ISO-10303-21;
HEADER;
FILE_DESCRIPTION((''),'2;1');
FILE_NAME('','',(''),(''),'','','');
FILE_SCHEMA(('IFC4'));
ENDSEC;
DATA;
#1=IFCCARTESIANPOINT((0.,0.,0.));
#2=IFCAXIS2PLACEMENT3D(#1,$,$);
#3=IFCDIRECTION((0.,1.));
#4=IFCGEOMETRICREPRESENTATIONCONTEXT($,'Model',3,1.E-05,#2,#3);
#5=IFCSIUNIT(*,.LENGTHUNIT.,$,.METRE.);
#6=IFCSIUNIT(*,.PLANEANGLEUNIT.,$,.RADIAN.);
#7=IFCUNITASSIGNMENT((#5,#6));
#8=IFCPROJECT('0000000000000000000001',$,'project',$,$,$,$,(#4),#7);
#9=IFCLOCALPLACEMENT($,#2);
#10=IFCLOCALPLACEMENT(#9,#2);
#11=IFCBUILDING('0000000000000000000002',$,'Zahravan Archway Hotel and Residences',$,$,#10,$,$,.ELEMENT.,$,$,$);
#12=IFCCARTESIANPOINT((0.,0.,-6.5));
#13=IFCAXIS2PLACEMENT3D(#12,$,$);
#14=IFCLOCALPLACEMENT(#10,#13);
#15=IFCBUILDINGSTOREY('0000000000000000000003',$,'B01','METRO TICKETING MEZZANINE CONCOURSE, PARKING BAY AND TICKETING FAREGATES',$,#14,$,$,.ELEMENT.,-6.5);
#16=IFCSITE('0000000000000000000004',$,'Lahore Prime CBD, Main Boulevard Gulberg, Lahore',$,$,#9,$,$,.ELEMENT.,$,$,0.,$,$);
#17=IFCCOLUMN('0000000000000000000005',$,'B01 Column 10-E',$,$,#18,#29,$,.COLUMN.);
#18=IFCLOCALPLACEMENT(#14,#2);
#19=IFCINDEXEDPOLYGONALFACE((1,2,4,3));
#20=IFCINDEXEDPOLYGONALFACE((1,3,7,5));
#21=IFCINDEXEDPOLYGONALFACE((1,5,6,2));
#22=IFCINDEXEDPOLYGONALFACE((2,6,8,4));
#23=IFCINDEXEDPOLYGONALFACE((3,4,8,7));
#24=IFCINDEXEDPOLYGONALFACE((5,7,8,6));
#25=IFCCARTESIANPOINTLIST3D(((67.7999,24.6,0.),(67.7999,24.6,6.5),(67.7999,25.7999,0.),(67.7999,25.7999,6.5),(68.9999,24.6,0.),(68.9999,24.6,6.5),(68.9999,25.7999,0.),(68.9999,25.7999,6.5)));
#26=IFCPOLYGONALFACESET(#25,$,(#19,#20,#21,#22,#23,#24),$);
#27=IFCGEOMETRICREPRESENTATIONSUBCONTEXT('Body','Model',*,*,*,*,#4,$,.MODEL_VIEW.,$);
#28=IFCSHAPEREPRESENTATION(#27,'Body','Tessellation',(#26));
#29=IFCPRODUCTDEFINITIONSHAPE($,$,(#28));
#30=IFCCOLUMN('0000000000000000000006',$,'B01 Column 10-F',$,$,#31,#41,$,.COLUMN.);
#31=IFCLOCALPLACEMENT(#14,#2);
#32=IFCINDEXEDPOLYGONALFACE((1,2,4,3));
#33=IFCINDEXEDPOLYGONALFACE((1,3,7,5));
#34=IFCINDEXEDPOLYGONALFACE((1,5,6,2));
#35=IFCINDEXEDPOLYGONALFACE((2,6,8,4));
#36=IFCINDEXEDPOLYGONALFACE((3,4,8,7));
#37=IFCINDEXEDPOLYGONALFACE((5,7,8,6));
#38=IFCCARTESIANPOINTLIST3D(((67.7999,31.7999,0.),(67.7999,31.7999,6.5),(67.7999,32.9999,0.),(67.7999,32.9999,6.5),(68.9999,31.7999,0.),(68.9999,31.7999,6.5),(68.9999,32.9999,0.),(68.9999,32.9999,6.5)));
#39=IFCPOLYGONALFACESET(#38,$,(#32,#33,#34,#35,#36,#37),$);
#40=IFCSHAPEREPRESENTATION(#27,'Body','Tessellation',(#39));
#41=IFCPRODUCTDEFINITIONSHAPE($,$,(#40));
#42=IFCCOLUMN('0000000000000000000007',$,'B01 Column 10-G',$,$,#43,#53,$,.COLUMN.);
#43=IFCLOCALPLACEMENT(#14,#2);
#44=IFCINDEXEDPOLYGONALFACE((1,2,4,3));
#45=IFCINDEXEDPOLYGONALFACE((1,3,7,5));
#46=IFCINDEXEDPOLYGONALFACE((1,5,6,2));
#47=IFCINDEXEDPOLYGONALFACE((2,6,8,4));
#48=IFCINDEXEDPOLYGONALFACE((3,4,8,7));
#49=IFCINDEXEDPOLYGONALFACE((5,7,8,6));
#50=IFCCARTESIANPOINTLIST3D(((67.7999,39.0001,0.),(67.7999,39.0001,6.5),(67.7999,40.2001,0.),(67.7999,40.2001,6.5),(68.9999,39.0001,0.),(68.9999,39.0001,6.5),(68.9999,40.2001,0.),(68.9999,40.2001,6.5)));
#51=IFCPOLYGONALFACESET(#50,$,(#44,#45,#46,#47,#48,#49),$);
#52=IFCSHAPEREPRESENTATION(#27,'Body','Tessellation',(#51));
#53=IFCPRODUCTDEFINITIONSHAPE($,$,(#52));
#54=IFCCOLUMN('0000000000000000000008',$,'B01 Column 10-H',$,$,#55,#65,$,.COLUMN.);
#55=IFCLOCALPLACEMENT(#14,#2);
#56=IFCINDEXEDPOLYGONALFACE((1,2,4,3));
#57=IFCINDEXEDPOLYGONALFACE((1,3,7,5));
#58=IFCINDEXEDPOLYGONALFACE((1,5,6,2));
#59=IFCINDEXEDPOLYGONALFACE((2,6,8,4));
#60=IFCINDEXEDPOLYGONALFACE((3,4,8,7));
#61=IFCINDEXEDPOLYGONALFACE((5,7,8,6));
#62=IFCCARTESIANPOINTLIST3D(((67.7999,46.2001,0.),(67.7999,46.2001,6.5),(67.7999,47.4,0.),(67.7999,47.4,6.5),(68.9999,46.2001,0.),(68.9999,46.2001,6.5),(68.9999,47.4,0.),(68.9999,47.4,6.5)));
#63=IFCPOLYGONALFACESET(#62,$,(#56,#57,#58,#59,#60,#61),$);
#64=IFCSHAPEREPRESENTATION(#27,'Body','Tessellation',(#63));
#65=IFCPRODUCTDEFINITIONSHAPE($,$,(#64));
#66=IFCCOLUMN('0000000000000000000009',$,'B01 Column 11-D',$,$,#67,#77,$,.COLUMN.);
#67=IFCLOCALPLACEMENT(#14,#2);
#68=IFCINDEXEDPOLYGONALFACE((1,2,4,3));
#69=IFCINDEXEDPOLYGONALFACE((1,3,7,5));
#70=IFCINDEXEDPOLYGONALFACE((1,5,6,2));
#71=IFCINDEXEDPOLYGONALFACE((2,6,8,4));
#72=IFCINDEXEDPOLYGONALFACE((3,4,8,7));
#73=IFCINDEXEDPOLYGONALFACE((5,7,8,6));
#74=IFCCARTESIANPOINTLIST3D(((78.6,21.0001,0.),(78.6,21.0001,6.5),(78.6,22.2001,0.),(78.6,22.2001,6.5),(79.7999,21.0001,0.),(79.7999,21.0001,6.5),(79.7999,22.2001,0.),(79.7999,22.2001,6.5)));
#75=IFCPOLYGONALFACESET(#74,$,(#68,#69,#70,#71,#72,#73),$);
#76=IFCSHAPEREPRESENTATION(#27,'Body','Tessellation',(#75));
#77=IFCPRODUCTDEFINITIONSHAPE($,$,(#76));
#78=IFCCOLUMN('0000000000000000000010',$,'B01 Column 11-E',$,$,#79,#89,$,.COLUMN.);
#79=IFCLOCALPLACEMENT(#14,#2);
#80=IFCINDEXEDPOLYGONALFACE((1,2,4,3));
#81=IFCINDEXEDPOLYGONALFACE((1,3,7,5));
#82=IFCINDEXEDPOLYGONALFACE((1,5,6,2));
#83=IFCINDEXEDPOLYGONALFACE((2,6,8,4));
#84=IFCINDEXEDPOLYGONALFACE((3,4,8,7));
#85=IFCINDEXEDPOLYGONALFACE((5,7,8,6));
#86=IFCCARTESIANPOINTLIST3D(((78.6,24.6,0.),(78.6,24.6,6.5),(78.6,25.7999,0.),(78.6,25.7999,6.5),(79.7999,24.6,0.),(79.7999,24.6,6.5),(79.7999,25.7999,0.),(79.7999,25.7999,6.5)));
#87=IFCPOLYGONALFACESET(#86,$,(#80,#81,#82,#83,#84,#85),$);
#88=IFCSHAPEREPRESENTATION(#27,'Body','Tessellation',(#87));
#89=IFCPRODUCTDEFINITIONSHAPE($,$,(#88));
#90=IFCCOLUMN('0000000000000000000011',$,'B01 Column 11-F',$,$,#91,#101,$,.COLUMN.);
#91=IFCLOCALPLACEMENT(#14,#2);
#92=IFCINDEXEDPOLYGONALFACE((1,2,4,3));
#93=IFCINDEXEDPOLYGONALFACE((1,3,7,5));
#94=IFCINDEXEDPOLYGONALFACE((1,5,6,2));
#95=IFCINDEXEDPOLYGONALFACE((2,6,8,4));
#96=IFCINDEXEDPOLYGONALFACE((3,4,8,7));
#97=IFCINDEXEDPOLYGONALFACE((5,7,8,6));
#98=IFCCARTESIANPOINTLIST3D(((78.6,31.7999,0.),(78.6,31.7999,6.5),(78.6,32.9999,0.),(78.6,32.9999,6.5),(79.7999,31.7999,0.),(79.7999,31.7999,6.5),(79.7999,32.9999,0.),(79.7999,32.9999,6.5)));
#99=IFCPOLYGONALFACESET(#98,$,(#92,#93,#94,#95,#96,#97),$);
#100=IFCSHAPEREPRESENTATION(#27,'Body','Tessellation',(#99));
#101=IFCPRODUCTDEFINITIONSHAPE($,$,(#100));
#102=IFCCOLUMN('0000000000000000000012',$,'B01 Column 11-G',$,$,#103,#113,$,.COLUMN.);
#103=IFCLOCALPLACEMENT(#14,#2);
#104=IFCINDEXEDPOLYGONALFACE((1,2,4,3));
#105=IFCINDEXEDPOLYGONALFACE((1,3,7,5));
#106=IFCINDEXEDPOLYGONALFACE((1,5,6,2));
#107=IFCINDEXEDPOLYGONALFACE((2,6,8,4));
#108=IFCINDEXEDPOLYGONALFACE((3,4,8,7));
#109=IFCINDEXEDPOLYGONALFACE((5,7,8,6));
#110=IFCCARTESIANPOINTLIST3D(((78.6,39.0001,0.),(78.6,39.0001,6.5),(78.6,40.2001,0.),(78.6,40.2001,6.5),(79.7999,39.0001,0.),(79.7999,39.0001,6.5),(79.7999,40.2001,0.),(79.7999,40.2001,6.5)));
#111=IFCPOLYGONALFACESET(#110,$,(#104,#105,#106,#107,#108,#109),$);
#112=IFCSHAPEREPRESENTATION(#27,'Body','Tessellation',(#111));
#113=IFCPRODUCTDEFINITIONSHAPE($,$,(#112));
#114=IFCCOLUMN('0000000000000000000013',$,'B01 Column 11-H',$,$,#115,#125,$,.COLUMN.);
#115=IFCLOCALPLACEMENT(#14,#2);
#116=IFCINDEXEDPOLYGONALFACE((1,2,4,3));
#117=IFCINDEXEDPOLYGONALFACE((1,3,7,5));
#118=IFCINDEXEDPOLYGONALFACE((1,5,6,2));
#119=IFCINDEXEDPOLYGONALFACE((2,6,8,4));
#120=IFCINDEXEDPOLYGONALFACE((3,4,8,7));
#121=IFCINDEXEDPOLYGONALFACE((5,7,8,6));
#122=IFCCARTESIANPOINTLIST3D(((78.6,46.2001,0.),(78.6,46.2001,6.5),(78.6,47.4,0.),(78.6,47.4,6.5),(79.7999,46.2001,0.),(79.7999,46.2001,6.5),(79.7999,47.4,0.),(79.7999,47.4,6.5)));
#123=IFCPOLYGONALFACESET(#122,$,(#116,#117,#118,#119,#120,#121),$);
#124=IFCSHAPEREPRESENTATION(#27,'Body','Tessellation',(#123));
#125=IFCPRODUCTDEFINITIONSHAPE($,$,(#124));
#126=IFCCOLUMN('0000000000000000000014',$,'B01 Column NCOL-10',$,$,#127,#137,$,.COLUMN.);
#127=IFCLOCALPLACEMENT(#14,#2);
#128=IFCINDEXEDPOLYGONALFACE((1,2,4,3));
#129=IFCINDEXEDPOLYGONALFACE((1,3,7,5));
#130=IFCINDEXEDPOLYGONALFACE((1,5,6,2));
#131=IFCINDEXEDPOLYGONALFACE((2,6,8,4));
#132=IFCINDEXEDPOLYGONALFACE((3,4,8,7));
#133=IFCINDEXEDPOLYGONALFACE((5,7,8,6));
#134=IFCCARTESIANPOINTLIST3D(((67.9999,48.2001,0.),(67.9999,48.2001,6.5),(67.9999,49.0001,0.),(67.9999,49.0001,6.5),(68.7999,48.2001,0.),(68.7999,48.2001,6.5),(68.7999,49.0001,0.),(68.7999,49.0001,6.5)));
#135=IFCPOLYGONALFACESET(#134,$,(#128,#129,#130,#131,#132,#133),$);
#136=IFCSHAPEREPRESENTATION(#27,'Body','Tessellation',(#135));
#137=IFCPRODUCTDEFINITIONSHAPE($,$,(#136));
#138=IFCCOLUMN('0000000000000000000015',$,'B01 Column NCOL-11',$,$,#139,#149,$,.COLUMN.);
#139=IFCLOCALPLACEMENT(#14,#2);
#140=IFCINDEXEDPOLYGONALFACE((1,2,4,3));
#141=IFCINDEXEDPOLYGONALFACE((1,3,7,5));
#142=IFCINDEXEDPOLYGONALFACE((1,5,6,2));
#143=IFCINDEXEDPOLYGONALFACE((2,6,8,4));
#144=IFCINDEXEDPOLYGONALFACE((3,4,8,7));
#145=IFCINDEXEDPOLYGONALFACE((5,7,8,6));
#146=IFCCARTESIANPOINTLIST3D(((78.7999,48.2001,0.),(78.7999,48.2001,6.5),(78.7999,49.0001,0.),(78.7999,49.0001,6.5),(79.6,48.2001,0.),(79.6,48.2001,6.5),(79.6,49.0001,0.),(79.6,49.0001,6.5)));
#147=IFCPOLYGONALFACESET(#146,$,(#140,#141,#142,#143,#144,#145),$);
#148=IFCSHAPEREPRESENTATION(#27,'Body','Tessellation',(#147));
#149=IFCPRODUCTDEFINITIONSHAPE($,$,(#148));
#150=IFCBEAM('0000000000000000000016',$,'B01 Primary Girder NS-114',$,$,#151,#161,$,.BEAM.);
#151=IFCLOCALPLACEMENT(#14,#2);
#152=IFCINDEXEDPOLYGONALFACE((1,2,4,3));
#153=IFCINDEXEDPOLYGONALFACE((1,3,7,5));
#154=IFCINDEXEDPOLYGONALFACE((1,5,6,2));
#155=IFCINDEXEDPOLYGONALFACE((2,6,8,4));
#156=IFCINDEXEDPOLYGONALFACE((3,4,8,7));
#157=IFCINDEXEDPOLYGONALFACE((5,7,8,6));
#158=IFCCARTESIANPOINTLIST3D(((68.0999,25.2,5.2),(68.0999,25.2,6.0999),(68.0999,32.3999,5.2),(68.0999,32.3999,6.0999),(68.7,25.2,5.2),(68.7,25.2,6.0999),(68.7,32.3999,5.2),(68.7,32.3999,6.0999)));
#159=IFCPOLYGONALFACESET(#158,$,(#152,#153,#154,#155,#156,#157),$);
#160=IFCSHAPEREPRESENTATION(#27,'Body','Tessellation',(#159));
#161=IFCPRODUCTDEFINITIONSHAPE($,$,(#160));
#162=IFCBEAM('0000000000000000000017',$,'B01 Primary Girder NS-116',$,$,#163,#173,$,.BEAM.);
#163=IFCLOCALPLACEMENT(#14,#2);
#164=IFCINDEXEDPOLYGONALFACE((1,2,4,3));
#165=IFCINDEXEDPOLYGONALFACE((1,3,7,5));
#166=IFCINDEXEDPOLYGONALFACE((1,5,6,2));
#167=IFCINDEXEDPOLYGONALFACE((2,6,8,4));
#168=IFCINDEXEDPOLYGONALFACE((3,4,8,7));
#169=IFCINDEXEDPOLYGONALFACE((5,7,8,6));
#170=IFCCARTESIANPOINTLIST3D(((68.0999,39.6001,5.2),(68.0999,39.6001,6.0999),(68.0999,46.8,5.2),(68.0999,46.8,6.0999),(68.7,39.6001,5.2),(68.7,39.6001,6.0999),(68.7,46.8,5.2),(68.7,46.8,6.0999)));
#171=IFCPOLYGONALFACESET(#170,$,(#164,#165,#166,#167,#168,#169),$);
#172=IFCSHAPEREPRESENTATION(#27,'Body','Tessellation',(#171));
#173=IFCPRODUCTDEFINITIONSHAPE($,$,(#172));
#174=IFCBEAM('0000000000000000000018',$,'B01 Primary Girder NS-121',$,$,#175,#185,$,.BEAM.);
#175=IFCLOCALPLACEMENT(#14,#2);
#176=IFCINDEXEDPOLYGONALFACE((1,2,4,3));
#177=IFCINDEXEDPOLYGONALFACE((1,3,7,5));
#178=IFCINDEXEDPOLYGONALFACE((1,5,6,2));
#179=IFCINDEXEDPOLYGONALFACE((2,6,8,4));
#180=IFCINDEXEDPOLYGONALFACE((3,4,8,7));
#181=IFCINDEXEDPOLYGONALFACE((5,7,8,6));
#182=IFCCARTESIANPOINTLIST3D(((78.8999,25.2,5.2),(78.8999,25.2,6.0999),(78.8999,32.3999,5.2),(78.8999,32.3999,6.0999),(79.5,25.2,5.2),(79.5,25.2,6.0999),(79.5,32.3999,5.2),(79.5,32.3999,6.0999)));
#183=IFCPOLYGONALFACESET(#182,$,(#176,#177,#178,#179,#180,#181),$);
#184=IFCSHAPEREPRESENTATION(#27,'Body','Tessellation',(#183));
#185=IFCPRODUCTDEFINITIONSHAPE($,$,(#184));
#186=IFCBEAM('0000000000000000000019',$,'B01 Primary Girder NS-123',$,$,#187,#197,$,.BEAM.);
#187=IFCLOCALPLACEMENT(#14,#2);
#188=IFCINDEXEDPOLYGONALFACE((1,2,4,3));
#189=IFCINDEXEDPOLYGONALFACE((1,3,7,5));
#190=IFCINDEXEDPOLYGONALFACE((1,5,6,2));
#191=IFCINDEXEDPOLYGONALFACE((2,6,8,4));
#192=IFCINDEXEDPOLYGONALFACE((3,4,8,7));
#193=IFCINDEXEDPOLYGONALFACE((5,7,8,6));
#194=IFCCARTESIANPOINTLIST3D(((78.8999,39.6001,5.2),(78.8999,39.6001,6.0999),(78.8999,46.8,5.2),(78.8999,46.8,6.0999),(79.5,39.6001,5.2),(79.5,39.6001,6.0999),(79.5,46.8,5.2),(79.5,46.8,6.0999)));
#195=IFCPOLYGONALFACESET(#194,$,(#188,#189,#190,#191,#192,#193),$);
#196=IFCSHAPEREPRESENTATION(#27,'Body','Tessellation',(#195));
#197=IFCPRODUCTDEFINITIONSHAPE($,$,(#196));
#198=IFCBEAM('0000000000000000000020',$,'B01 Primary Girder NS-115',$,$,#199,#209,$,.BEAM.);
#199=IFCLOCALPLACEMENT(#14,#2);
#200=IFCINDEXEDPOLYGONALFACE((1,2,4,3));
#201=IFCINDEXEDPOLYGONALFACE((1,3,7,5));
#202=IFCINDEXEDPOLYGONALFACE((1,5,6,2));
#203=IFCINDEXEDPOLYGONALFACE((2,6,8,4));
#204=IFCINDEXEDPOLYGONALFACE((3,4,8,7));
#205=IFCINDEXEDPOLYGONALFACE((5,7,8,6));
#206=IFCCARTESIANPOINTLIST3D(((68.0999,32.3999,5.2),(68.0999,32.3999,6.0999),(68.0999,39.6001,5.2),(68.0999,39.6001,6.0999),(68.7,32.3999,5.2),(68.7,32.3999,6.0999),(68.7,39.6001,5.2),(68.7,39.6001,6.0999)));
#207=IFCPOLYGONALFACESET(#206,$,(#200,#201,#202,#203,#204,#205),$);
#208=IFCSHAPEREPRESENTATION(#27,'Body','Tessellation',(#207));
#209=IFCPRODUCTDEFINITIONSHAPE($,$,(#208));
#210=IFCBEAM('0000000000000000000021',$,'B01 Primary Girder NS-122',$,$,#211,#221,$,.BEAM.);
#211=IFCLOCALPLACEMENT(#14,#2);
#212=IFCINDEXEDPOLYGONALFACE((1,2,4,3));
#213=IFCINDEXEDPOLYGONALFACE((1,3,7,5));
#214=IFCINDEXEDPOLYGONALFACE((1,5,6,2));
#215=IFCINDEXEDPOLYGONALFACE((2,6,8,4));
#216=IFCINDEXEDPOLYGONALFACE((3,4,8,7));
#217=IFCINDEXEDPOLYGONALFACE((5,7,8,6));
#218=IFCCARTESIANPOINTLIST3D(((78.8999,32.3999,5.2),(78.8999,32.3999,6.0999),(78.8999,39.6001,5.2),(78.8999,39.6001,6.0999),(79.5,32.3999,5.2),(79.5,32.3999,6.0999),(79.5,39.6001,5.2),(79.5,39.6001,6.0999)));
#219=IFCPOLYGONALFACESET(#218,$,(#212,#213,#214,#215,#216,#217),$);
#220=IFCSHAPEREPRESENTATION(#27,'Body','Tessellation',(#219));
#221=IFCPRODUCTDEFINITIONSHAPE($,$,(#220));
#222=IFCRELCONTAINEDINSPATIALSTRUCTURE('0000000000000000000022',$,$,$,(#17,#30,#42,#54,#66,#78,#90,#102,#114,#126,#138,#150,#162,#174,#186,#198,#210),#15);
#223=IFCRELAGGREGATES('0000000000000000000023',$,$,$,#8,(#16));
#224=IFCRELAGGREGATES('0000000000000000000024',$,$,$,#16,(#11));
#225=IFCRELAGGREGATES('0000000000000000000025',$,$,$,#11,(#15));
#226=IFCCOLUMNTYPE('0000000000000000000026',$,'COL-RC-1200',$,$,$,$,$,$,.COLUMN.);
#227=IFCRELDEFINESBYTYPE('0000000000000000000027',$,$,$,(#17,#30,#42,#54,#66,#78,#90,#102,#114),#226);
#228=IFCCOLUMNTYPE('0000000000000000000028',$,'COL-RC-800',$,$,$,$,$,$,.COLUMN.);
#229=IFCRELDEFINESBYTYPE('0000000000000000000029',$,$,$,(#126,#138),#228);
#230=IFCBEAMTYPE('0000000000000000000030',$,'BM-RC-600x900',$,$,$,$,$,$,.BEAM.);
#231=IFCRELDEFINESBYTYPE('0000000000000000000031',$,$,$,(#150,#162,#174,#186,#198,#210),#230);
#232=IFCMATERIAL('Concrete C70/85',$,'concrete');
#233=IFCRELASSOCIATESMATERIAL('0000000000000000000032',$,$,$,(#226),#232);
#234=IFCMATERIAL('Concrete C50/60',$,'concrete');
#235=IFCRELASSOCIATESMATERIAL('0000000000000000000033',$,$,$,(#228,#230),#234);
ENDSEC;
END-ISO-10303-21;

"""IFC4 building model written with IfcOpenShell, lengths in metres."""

from ifc_helpers import new_model, si_unit, direction, frame, origin, origin_2d, place, context, subcontext, project, spatial, rectangle, extrude, source, transform, mapped, material, material_profile, profile_set, type_object, element, save


model = new_model("IFC4")

# Units and contexts
model_context = context("Model", 3, precision=1e-05, world=origin(), true_north=direction((0.0, 1.0)))
body_context = subcontext(model_context, "Body", "Model", "MODEL_VIEW")
ifc_project = project(units=[si_unit("LENGTHUNIT", "METRE"), si_unit("PLANEANGLEUNIT", "RADIAN")], contexts=[model_context])

# Site, building, storey
site_placement = place(None, origin())
site = spatial("IfcSite", under=ifc_project, at=site_placement, Name="Lahore Prime CBD, Main Boulevard Gulberg, Lahore", CompositionType="ELEMENT", RefElevation=0.0)
building_placement = place(site_placement, origin())
building = spatial("IfcBuilding", under=site, at=building_placement, Name="Zahravan Archway Hotel and Residences", CompositionType="ELEMENT")
storey_placement = place(building_placement, frame((0.0, 0.0, -6.5)))
storey = spatial("IfcBuildingStorey", under=building, at=storey_placement, Name="B01", Description="METRO TICKETING MEZZANINE CONCOURSE, PARKING BAY AND TICKETING FAREGATES", CompositionType="ELEMENT", Elevation=-6.5)

# Columns
ifc_material_1 = material(Name="Concrete C70/85", Category="concrete")
ifc_material_profile_1 = material_profile(ifc_material_1, rectangle(XDim=1.2, YDim=1.2, at=origin_2d()), Name="RC-COL-1200x1200", Category="concrete")
ifc_profile_set_1 = profile_set([ifc_material_profile_1], Name="Concrete C70/85")
column_type_1 = type_object("IfcColumnType", Name="COL-RC-1200", PredefinedType="COLUMN", material=ifc_profile_set_1)
shared_shape_1 = source(origin(), body_context, "Body", "SweptSolid", [
    extrude(rectangle(XDim=1.2, YDim=1.2, at=origin_2d()), origin(), (0.0, 0.0, 1.0), 6.5),
])
for number, where, z_axis, x_axis, name in (
    (1, (68.3999, 25.2, 0.0), (0.0, 0.0, 1.0), (1.0, 0.0, 0.0), "B01 Column 10-E"),
    (2, (68.3999, 32.3999, 0.0), (0.0, 0.0, 1.0), (1.0, 0.0, 0.0), "B01 Column 10-F"),
    (3, (68.3999, 39.6001, 0.0), (0.0, 0.0, 1.0), (1.0, 0.0, 0.0), "B01 Column 10-G"),
    (4, (68.3999, 46.8, 0.0), (0.0, 0.0, 1.0), (1.0, 0.0, 0.0), "B01 Column 10-H"),
    (5, (79.2, 21.6001, 0.0), (0.0, 0.0, 1.0), (1.0, 0.0, 0.0), "B01 Column 11-D"),
    (6, (79.2, 25.2, 0.0), (0.0, 0.0, 1.0), (1.0, 0.0, 0.0), "B01 Column 11-E"),
    (7, (79.2, 32.3999, 0.0), (0.0, 0.0, 1.0), (1.0, 0.0, 0.0), "B01 Column 11-F"),
    (8, (79.2, 39.6001, 0.0), (0.0, 0.0, 1.0), (1.0, 0.0, 0.0), "B01 Column 11-G"),
    (9, (79.2, 46.8, 0.0), (0.0, 0.0, 1.0), (1.0, 0.0, 0.0), "B01 Column 11-H"),
):
    element("IfcColumn", number, at=place(storey_placement, frame(where, z_axis=z_axis, x_axis=x_axis)), inside=storey, type_object=column_type_1, Name=name, PredefinedType="COLUMN", context=body_context, shape_type="MappedRepresentation", body=[
        mapped(shared_shape_1, transform((0.0, 0.0, 0.0), scale=1.0)),
    ])
ifc_material_2 = material(Name="Concrete C50/60", Category="concrete")
ifc_material_profile_2 = material_profile(ifc_material_2, rectangle(XDim=0.8, YDim=0.8, at=origin_2d()), Name="RC-COL-800x800", Category="concrete")
ifc_profile_set_2 = profile_set([ifc_material_profile_2], Name="Concrete C50/60")
column_type_2 = type_object("IfcColumnType", Name="COL-RC-800", PredefinedType="COLUMN", material=ifc_profile_set_2)
shared_shape_2 = source(origin(), body_context, "Body", "SweptSolid", [
    extrude(rectangle(XDim=0.8, YDim=0.8, at=origin_2d()), origin(), (0.0, 0.0, 1.0), 6.5),
])
for number, where, z_axis, x_axis, name in (
    (10, (68.3999, 48.6001, 0.0), (0.0, 0.0, 1.0), (1.0, 0.0, 0.0), "B01 Column NCOL-10"),
    (11, (79.2, 48.6001, 0.0), (0.0, 0.0, 1.0), (1.0, 0.0, 0.0), "B01 Column NCOL-11"),
):
    element("IfcColumn", number, at=place(storey_placement, frame(where, z_axis=z_axis, x_axis=x_axis)), inside=storey, type_object=column_type_2, Name=name, PredefinedType="COLUMN", context=body_context, shape_type="MappedRepresentation", body=[
        mapped(shared_shape_2, transform((0.0, 0.0, 0.0), scale=1.0)),
    ])

# Beams
ifc_material_profile_3 = material_profile(ifc_material_2, rectangle(XDim=0.6001, YDim=0.8999, at=origin_2d()), Name="RC-BM-600x900", Category="concrete")
ifc_profile_set_3 = profile_set([ifc_material_profile_3], Name="Concrete C50/60")
beam_type_1 = type_object("IfcBeamType", Name="BM-RC-600x900", PredefinedType="BEAM", material=ifc_profile_set_3)
shared_shape_3 = source(origin(), body_context, "Body", "SweptSolid", [
    extrude(rectangle(XDim=0.6001, YDim=0.8999, at=origin_2d()), origin(), (0.0, 0.0, 1.0), 7.2),
])
for number, where, z_axis, x_axis, name in (
    (12, (68.3999, 25.2, 5.6499), (0.0, 1.0, 0.0), (-1.0, 0.0, 0.0), "B01 Primary Girder NS-114"),
    (13, (68.3999, 39.6001, 5.6499), (0.0, 1.0, 0.0), (-1.0, 0.0, 0.0), "B01 Primary Girder NS-116"),
    (14, (79.2, 25.2, 5.6499), (0.0, 1.0, 0.0), (-1.0, 0.0, 0.0), "B01 Primary Girder NS-121"),
    (15, (79.2, 39.6001, 5.6499), (0.0, 1.0, 0.0), (-1.0, 0.0, 0.0), "B01 Primary Girder NS-123"),
):
    element("IfcBeam", number, at=place(storey_placement, frame(where, z_axis=z_axis, x_axis=x_axis)), inside=storey, type_object=beam_type_1, Name=name, PredefinedType="BEAM", context=body_context, shape_type="MappedRepresentation", body=[
        mapped(shared_shape_3, transform((0.0, 0.0, 0.0), scale=1.0)),
    ])
shared_shape_4 = source(origin(), body_context, "Body", "SweptSolid", [
    extrude(rectangle(XDim=0.6001, YDim=0.8999, at=origin_2d()), origin(), (0.0, 0.0, 1.0), 7.2002),
])
for number, where, z_axis, x_axis, name in (
    (16, (68.3999, 32.3999, 5.6499), (0.0, 1.0, 0.0), (-1.0, 0.0, 0.0), "B01 Primary Girder NS-115"),
    (17, (79.2, 32.3999, 5.6499), (0.0, 1.0, 0.0), (-1.0, 0.0, 0.0), "B01 Primary Girder NS-122"),
):
    element("IfcBeam", number, at=place(storey_placement, frame(where, z_axis=z_axis, x_axis=x_axis)), inside=storey, type_object=beam_type_1, Name=name, PredefinedType="BEAM", context=body_context, shape_type="MappedRepresentation", body=[
        mapped(shared_shape_4, transform((0.0, 0.0, 0.0), scale=1.0)),
    ])

save(model, "model.ifc")
